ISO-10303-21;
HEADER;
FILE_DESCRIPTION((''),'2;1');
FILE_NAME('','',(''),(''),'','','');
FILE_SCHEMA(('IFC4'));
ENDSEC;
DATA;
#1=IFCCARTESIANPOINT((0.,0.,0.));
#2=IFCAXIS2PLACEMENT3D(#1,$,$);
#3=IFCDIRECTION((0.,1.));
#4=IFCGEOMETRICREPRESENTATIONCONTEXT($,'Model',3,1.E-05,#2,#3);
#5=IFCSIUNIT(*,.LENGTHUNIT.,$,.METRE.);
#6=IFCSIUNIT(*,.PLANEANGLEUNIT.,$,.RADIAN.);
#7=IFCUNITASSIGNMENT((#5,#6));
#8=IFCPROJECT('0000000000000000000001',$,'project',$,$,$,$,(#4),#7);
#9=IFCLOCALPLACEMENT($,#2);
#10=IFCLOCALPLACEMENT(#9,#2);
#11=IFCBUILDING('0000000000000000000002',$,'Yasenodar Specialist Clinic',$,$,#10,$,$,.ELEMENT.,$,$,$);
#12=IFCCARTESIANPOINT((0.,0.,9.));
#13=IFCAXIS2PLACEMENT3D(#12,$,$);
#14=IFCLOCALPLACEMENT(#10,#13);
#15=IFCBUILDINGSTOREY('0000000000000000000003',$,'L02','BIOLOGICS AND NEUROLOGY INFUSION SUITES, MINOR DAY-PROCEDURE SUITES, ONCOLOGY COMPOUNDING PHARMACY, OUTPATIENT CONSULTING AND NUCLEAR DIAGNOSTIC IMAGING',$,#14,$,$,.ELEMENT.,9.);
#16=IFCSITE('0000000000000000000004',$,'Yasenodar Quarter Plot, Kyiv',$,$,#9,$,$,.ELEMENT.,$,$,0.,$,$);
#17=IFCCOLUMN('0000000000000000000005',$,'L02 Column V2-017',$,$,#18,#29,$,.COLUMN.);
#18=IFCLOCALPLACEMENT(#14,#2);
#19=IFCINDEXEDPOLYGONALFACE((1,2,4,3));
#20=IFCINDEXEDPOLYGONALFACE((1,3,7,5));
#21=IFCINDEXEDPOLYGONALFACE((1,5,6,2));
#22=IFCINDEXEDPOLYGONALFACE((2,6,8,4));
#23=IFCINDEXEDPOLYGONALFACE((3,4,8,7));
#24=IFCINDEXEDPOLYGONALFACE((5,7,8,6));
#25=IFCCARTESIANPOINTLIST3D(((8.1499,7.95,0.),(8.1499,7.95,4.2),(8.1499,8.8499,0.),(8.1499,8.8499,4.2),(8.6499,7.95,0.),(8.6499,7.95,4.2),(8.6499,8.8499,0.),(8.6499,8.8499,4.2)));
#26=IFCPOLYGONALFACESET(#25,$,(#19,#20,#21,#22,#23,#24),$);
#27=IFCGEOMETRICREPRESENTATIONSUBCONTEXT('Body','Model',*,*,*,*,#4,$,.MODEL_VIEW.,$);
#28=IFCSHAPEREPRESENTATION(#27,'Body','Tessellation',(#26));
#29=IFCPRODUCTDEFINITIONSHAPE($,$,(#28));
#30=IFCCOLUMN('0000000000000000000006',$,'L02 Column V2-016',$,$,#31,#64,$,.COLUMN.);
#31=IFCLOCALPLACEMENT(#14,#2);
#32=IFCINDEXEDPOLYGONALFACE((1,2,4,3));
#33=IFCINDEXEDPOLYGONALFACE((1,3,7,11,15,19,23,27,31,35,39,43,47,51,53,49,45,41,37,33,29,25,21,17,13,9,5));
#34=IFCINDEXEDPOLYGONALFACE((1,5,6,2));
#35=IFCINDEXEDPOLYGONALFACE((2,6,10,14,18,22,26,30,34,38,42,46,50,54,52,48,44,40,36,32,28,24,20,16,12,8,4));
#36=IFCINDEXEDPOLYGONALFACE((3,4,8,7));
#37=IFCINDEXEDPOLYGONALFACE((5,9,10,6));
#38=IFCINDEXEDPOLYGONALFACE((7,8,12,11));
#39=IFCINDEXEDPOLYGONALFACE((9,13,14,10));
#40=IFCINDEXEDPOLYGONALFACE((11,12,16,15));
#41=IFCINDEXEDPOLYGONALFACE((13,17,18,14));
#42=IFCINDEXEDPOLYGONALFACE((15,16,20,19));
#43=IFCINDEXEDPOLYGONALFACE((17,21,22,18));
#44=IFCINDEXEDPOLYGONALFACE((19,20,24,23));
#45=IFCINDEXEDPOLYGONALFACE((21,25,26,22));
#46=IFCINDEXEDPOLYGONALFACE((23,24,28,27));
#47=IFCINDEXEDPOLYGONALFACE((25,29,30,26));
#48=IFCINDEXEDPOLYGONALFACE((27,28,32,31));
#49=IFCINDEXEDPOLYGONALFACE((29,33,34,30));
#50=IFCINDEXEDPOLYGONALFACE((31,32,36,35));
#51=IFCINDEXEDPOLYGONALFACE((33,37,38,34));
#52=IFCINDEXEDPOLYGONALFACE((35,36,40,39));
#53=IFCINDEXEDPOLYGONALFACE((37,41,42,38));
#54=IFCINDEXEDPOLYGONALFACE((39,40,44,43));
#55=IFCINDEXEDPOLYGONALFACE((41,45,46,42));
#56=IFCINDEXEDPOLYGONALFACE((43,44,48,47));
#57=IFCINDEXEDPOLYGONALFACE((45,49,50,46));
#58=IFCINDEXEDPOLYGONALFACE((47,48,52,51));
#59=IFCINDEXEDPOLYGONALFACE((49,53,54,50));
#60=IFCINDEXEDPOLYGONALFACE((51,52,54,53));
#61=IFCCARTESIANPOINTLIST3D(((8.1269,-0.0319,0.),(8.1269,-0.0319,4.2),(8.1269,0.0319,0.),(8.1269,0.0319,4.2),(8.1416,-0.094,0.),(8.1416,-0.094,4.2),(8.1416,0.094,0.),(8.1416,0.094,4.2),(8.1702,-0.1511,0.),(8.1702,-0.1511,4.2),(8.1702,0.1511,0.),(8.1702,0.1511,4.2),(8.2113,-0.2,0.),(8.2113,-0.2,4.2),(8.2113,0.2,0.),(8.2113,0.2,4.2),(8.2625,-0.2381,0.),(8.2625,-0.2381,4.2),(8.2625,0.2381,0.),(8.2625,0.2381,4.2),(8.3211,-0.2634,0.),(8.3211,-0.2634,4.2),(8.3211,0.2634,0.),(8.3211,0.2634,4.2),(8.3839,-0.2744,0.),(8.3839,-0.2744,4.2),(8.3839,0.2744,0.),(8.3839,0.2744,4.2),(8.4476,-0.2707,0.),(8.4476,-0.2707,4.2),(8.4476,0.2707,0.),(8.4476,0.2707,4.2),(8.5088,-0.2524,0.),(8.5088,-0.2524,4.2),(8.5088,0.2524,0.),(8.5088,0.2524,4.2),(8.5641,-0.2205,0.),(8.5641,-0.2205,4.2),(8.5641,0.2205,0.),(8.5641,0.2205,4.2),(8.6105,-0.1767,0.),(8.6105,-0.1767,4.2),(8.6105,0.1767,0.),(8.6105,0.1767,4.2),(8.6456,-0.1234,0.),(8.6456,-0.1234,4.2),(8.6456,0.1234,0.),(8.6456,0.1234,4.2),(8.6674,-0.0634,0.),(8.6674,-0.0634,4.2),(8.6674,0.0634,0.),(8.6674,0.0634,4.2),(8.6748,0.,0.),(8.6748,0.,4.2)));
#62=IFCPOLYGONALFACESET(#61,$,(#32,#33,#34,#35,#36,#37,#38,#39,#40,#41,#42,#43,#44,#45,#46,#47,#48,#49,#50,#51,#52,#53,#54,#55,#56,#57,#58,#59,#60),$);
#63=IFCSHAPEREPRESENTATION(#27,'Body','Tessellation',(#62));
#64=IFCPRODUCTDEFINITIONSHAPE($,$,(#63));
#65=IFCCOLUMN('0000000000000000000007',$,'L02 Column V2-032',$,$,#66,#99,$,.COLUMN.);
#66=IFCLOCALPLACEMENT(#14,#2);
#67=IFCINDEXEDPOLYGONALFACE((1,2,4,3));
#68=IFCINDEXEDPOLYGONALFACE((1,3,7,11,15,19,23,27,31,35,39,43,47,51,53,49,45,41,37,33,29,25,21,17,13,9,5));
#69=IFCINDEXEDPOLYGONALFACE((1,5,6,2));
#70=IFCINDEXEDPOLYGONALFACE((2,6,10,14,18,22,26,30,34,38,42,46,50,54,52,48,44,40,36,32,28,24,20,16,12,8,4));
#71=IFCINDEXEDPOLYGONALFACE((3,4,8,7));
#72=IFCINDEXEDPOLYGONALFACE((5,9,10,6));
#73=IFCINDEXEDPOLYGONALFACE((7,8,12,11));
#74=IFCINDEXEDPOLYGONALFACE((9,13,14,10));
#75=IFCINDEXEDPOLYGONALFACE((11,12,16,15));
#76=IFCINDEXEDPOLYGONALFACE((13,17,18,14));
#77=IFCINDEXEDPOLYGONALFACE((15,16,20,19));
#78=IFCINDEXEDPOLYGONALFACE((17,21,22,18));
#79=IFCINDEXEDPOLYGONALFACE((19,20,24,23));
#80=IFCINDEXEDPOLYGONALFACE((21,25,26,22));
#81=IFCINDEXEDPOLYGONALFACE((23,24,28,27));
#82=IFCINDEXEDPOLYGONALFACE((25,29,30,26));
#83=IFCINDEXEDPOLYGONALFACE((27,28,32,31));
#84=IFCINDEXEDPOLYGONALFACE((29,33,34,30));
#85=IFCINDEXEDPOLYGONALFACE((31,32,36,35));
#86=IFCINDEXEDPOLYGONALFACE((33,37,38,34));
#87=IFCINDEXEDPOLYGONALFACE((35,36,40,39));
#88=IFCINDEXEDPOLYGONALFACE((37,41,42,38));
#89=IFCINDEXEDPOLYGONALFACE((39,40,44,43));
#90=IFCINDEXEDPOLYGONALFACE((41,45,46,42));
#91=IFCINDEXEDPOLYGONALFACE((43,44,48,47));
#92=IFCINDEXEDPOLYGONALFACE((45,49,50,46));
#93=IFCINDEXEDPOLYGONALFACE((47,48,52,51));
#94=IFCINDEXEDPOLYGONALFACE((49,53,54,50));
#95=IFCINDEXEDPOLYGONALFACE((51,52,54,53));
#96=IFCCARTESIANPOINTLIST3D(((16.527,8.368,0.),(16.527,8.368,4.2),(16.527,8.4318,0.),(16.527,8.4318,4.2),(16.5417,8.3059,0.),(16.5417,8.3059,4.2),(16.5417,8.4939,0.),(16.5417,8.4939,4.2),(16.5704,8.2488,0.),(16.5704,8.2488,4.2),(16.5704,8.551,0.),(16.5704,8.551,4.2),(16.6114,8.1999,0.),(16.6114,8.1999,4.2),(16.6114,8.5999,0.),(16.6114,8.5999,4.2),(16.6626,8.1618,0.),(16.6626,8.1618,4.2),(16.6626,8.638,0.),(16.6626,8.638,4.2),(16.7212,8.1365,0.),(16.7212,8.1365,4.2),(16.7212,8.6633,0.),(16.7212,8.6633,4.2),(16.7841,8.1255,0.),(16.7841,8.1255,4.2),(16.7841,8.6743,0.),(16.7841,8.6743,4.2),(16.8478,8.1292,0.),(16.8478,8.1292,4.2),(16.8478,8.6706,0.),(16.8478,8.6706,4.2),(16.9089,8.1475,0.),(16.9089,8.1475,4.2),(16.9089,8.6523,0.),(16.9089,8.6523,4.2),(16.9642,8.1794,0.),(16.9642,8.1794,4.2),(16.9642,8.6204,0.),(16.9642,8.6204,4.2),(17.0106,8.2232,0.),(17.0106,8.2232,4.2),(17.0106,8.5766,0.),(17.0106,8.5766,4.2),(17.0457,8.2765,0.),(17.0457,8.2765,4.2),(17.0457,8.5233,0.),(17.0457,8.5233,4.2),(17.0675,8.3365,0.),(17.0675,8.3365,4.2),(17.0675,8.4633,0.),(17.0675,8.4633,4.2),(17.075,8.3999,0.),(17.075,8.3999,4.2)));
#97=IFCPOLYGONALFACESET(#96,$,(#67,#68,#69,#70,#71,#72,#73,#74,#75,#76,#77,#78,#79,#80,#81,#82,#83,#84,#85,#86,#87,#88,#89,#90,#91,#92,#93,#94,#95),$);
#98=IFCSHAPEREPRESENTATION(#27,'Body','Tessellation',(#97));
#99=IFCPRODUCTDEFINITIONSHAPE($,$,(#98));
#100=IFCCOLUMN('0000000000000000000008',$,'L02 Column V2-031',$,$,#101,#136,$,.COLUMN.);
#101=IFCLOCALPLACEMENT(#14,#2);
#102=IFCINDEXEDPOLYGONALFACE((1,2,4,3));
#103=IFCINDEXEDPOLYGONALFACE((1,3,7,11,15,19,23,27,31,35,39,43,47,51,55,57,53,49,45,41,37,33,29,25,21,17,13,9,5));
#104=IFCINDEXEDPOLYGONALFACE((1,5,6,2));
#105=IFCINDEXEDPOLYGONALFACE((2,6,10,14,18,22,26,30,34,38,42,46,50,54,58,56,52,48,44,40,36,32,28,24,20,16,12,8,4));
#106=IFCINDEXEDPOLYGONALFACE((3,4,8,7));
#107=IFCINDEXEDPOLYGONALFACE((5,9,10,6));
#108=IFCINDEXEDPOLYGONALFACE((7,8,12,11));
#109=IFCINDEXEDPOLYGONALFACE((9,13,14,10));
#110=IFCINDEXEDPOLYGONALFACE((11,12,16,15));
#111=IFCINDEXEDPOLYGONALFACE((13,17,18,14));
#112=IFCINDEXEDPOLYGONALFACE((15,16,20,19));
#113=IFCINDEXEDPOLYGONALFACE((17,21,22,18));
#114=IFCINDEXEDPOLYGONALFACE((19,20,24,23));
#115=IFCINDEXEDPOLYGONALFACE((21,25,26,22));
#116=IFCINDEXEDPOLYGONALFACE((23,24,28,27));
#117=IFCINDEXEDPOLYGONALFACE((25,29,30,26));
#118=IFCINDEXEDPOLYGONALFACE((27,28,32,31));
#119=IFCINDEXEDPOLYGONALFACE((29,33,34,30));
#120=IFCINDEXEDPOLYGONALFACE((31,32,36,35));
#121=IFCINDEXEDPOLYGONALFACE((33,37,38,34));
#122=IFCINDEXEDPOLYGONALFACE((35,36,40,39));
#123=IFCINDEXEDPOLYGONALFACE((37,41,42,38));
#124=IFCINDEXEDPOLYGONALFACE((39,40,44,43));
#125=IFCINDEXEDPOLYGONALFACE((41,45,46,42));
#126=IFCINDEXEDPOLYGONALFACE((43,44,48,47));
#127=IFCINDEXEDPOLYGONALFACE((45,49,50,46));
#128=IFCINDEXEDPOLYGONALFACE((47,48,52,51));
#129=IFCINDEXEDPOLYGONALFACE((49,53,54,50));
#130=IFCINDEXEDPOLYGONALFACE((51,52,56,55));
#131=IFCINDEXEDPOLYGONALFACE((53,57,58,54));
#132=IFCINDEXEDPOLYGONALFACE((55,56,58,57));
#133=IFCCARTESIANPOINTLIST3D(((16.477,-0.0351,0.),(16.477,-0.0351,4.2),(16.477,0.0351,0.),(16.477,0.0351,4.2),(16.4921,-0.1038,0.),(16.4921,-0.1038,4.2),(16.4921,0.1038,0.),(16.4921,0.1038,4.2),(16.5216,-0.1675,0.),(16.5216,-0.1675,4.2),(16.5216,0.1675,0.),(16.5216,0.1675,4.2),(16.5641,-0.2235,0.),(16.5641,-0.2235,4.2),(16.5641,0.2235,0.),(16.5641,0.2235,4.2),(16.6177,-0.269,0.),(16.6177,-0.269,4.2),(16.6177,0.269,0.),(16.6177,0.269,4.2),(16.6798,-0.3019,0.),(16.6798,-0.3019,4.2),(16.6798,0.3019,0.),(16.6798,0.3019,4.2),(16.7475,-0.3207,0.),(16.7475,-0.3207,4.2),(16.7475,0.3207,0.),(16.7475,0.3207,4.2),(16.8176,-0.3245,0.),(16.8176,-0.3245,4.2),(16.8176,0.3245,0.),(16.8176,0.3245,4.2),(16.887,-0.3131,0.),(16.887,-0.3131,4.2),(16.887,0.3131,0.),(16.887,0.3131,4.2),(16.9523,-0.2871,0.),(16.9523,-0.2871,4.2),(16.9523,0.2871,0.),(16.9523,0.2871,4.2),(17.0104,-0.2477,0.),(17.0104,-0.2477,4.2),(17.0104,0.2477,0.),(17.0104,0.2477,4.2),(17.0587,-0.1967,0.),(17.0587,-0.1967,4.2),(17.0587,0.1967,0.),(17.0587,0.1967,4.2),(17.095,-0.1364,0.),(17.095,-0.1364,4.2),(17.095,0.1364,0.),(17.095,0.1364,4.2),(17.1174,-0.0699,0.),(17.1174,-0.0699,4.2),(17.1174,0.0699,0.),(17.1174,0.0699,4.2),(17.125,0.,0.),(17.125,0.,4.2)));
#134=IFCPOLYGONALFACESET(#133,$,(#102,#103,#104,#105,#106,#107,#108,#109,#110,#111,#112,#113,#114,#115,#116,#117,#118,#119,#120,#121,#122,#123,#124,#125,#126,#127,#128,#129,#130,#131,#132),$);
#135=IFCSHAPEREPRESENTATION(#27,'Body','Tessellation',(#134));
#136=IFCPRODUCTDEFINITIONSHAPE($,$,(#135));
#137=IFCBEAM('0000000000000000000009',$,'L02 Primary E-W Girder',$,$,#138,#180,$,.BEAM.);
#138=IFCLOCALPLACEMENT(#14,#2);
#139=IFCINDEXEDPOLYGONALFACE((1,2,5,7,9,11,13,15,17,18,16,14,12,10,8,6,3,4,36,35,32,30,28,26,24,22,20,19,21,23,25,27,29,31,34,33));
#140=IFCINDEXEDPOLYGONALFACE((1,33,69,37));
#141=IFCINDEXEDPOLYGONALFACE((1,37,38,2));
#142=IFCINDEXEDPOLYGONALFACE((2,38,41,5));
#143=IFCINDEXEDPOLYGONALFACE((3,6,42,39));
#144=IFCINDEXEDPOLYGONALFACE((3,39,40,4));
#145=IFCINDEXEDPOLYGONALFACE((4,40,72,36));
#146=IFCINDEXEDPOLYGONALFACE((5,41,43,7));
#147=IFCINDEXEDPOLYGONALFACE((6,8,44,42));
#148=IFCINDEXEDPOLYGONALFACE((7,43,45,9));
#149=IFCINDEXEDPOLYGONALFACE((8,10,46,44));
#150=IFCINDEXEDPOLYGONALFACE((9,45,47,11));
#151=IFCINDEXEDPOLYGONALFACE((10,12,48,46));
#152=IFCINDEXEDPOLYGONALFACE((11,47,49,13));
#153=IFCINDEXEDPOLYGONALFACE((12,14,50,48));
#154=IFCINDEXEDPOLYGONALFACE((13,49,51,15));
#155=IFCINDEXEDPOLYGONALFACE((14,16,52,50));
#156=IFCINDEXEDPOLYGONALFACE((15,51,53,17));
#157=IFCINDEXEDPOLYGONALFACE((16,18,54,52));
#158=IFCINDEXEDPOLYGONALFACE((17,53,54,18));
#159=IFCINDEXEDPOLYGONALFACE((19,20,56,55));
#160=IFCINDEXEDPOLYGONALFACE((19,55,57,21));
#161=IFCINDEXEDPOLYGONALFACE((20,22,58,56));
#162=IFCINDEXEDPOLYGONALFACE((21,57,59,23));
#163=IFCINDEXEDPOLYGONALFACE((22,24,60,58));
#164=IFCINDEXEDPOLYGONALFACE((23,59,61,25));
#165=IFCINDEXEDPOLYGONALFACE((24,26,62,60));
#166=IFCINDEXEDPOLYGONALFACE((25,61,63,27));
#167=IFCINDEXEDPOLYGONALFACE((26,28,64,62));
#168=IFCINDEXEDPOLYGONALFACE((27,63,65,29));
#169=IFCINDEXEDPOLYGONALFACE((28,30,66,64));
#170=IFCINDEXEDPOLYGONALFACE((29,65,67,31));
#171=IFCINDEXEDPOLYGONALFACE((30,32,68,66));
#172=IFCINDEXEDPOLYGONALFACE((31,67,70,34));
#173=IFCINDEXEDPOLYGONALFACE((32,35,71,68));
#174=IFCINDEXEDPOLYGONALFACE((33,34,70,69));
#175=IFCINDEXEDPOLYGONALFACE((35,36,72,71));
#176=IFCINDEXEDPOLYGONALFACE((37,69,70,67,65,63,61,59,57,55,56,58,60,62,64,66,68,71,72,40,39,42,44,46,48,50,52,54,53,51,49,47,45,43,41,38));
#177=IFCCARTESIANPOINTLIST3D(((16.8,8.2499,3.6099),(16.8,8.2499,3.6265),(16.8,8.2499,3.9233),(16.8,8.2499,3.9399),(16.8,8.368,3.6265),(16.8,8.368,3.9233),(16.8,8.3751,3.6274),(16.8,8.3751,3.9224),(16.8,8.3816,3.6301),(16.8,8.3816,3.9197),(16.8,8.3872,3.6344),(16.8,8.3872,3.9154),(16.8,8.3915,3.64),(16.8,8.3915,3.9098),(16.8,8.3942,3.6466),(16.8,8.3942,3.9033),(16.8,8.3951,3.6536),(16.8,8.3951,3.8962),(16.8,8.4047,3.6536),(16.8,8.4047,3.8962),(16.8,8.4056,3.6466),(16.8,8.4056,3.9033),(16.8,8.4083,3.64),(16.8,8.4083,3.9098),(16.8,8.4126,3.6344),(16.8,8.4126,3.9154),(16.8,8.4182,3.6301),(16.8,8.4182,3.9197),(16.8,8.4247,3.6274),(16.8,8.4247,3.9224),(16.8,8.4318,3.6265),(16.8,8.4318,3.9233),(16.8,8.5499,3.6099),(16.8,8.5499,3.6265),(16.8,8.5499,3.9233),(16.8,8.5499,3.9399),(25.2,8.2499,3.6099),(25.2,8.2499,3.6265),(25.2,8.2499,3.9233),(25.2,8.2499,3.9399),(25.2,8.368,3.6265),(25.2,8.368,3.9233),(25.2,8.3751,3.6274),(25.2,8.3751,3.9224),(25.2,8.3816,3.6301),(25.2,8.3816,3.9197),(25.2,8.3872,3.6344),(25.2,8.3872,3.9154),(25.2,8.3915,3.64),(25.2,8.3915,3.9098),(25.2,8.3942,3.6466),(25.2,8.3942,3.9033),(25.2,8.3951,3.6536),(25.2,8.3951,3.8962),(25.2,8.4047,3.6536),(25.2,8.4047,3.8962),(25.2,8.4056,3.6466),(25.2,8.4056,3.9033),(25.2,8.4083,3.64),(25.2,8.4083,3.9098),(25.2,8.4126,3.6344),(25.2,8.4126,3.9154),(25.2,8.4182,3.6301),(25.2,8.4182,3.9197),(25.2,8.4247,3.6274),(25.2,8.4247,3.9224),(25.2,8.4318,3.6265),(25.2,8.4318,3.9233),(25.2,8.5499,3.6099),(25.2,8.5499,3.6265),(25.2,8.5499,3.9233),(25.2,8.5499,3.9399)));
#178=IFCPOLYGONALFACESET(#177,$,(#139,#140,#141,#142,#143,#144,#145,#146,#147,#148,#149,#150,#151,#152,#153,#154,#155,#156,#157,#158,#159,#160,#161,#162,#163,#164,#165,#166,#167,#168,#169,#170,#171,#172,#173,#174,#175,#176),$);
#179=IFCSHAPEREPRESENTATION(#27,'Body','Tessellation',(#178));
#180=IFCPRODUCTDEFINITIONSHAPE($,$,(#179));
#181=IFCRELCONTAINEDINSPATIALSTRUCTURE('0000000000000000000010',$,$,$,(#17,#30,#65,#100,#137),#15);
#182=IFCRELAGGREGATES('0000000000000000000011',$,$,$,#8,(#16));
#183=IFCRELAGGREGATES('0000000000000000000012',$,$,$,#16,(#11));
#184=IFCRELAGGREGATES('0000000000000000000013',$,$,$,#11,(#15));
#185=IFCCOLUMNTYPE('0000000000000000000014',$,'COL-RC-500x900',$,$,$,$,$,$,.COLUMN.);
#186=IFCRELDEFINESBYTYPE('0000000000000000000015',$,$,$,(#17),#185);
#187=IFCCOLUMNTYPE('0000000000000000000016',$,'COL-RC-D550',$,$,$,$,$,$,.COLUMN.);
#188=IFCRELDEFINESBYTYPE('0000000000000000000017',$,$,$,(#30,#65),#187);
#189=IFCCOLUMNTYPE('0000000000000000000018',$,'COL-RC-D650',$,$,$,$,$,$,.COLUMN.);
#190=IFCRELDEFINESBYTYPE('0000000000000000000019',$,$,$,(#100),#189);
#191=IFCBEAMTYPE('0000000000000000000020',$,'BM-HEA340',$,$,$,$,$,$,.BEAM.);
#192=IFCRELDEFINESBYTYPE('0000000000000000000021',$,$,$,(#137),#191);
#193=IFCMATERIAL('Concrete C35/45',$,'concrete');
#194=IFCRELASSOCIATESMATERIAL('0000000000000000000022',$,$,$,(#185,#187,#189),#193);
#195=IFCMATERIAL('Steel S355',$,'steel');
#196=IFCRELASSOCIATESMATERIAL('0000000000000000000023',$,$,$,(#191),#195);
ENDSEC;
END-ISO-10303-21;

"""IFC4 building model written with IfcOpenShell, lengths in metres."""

from ifc_helpers import new_model, si_unit, direction, frame, origin, origin_2d, place, context, subcontext, project, spatial, rectangle, circle, i_section, extrude, material, material_profile, profile_set, type_object, element, save


model = new_model("IFC4")

# Units and contexts
model_context = context("Model", 3, precision=1e-05, world=origin(), true_north=direction((0.0, 1.0)))
body_context = subcontext(model_context, "Body", "Model", "MODEL_VIEW")
ifc_project = project(units=[si_unit("LENGTHUNIT", "METRE"), si_unit("PLANEANGLEUNIT", "RADIAN")], contexts=[model_context])

# Site, building, storey
site_placement = place(None, origin())
site = spatial("IfcSite", under=ifc_project, at=site_placement, Name="Yasenodar Quarter Plot, Kyiv", CompositionType="ELEMENT", RefElevation=0.0)
building_placement = place(site_placement, origin())
building = spatial("IfcBuilding", under=site, at=building_placement, Name="Yasenodar Specialist Clinic", CompositionType="ELEMENT")
storey_placement = place(building_placement, frame((0.0, 0.0, 9.0)))
storey = spatial("IfcBuildingStorey", under=building, at=storey_placement, Name="L02", Description="BIOLOGICS AND NEUROLOGY INFUSION SUITES, MINOR DAY-PROCEDURE SUITES, ONCOLOGY COMPOUNDING PHARMACY, OUTPATIENT CONSULTING AND NUCLEAR DIAGNOSTIC IMAGING", CompositionType="ELEMENT", Elevation=9.0)

# Columns
ifc_material_1 = material(Name="Concrete C35/45", Category="concrete")
ifc_material_profile_1 = material_profile(ifc_material_1, rectangle(XDim=0.5, YDim=0.8999, at=origin_2d()), Name="RC 500x900")
ifc_profile_set_1 = profile_set([ifc_material_profile_1], Name="Concrete C35/45")
column_type_1 = type_object("IfcColumnType", Name="COL-RC-500x900", PredefinedType="COLUMN", material=ifc_profile_set_1)
column_1_placement = place(storey_placement, frame((8.3999, 8.3999, 0.0), z_axis=(0.0, 0.0, 1.0), x_axis=(1.0, 0.0, 0.0)))
element("IfcColumn", 1, at=column_1_placement, inside=storey, type_object=column_type_1, Name="L02 Column V2-017", PredefinedType="COLUMN", context=body_context, shape_type="SweptSolid", body=[
    extrude(rectangle(XDim=0.5, YDim=0.8999, at=origin_2d()), origin(), (0.0, 0.0, 1.0), 4.2),
])
ifc_material_profile_2 = material_profile(ifc_material_1, circle(Radius=0.2749, at=origin_2d()), Name="RC D550")
ifc_profile_set_2 = profile_set([ifc_material_profile_2], Name="Concrete C35/45")
column_type_2 = type_object("IfcColumnType", Name="COL-RC-D550", PredefinedType="COLUMN", material=ifc_profile_set_2)
for number, where, z_axis, x_axis, name in (
    (2, (8.3999, 0.0, 0.0), (0.0, 0.0, 1.0), (1.0, 0.0, 0.0), "L02 Column V2-016"),
    (3, (16.8, 8.3999, 0.0), (0.0, 0.0, 1.0), (1.0, 0.0, 0.0), "L02 Column V2-032"),
):
    element("IfcColumn", number, at=place(storey_placement, frame(where, z_axis=z_axis, x_axis=x_axis)), inside=storey, type_object=column_type_2, Name=name, PredefinedType="COLUMN", context=body_context, shape_type="SweptSolid", body=[
        extrude(circle(Radius=0.2749, at=origin_2d()), origin(), (0.0, 0.0, 1.0), 4.2),
    ])
ifc_material_profile_3 = material_profile(ifc_material_1, circle(Radius=0.325, at=origin_2d()), Name="RC D650")
ifc_profile_set_3 = profile_set([ifc_material_profile_3], Name="Concrete C35/45")
column_type_3 = type_object("IfcColumnType", Name="COL-RC-D650", PredefinedType="COLUMN", material=ifc_profile_set_3)
column_2_placement = place(storey_placement, frame((16.8, 0.0, 0.0), z_axis=(0.0, 0.0, 1.0), x_axis=(1.0, 0.0, 0.0)))
element("IfcColumn", 4, at=column_2_placement, inside=storey, type_object=column_type_3, Name="L02 Column V2-031", PredefinedType="COLUMN", context=body_context, shape_type="SweptSolid", body=[
    extrude(circle(Radius=0.325, at=origin_2d()), origin(), (0.0, 0.0, 1.0), 4.2),
])

# Beam
ifc_material_2 = material(Name="Steel S355", Category="steel")
ifc_material_profile_4 = material_profile(ifc_material_2, i_section(OverallWidth=0.3, OverallDepth=0.3301, WebThickness=0.0095, FlangeThickness=0.0166, FilletRadius=0.0271, at=origin_2d()), Name="HEA 340")
ifc_profile_set_4 = profile_set([ifc_material_profile_4], Name="Steel S355")
beam_type_1 = type_object("IfcBeamType", Name="BM-HEA340", PredefinedType="BEAM", material=ifc_profile_set_4)
beam_1_placement = place(storey_placement, frame((16.8, 8.3999, 3.7749), z_axis=(1.0, 0.0, 0.0), x_axis=(0.0, 1.0, 0.0)))
element("IfcBeam", 5, at=beam_1_placement, inside=storey, type_object=beam_type_1, Name="L02 Primary E-W Girder", PredefinedType="BEAM", context=body_context, shape_type="SweptSolid", body=[
    extrude(i_section(OverallWidth=0.3, OverallDepth=0.3301, WebThickness=0.0095, FlangeThickness=0.0166, FilletRadius=0.0271, at=origin_2d()), origin(), (0.0, 0.0, 1.0), 8.3999),
])

save(model, "model.ifc")
